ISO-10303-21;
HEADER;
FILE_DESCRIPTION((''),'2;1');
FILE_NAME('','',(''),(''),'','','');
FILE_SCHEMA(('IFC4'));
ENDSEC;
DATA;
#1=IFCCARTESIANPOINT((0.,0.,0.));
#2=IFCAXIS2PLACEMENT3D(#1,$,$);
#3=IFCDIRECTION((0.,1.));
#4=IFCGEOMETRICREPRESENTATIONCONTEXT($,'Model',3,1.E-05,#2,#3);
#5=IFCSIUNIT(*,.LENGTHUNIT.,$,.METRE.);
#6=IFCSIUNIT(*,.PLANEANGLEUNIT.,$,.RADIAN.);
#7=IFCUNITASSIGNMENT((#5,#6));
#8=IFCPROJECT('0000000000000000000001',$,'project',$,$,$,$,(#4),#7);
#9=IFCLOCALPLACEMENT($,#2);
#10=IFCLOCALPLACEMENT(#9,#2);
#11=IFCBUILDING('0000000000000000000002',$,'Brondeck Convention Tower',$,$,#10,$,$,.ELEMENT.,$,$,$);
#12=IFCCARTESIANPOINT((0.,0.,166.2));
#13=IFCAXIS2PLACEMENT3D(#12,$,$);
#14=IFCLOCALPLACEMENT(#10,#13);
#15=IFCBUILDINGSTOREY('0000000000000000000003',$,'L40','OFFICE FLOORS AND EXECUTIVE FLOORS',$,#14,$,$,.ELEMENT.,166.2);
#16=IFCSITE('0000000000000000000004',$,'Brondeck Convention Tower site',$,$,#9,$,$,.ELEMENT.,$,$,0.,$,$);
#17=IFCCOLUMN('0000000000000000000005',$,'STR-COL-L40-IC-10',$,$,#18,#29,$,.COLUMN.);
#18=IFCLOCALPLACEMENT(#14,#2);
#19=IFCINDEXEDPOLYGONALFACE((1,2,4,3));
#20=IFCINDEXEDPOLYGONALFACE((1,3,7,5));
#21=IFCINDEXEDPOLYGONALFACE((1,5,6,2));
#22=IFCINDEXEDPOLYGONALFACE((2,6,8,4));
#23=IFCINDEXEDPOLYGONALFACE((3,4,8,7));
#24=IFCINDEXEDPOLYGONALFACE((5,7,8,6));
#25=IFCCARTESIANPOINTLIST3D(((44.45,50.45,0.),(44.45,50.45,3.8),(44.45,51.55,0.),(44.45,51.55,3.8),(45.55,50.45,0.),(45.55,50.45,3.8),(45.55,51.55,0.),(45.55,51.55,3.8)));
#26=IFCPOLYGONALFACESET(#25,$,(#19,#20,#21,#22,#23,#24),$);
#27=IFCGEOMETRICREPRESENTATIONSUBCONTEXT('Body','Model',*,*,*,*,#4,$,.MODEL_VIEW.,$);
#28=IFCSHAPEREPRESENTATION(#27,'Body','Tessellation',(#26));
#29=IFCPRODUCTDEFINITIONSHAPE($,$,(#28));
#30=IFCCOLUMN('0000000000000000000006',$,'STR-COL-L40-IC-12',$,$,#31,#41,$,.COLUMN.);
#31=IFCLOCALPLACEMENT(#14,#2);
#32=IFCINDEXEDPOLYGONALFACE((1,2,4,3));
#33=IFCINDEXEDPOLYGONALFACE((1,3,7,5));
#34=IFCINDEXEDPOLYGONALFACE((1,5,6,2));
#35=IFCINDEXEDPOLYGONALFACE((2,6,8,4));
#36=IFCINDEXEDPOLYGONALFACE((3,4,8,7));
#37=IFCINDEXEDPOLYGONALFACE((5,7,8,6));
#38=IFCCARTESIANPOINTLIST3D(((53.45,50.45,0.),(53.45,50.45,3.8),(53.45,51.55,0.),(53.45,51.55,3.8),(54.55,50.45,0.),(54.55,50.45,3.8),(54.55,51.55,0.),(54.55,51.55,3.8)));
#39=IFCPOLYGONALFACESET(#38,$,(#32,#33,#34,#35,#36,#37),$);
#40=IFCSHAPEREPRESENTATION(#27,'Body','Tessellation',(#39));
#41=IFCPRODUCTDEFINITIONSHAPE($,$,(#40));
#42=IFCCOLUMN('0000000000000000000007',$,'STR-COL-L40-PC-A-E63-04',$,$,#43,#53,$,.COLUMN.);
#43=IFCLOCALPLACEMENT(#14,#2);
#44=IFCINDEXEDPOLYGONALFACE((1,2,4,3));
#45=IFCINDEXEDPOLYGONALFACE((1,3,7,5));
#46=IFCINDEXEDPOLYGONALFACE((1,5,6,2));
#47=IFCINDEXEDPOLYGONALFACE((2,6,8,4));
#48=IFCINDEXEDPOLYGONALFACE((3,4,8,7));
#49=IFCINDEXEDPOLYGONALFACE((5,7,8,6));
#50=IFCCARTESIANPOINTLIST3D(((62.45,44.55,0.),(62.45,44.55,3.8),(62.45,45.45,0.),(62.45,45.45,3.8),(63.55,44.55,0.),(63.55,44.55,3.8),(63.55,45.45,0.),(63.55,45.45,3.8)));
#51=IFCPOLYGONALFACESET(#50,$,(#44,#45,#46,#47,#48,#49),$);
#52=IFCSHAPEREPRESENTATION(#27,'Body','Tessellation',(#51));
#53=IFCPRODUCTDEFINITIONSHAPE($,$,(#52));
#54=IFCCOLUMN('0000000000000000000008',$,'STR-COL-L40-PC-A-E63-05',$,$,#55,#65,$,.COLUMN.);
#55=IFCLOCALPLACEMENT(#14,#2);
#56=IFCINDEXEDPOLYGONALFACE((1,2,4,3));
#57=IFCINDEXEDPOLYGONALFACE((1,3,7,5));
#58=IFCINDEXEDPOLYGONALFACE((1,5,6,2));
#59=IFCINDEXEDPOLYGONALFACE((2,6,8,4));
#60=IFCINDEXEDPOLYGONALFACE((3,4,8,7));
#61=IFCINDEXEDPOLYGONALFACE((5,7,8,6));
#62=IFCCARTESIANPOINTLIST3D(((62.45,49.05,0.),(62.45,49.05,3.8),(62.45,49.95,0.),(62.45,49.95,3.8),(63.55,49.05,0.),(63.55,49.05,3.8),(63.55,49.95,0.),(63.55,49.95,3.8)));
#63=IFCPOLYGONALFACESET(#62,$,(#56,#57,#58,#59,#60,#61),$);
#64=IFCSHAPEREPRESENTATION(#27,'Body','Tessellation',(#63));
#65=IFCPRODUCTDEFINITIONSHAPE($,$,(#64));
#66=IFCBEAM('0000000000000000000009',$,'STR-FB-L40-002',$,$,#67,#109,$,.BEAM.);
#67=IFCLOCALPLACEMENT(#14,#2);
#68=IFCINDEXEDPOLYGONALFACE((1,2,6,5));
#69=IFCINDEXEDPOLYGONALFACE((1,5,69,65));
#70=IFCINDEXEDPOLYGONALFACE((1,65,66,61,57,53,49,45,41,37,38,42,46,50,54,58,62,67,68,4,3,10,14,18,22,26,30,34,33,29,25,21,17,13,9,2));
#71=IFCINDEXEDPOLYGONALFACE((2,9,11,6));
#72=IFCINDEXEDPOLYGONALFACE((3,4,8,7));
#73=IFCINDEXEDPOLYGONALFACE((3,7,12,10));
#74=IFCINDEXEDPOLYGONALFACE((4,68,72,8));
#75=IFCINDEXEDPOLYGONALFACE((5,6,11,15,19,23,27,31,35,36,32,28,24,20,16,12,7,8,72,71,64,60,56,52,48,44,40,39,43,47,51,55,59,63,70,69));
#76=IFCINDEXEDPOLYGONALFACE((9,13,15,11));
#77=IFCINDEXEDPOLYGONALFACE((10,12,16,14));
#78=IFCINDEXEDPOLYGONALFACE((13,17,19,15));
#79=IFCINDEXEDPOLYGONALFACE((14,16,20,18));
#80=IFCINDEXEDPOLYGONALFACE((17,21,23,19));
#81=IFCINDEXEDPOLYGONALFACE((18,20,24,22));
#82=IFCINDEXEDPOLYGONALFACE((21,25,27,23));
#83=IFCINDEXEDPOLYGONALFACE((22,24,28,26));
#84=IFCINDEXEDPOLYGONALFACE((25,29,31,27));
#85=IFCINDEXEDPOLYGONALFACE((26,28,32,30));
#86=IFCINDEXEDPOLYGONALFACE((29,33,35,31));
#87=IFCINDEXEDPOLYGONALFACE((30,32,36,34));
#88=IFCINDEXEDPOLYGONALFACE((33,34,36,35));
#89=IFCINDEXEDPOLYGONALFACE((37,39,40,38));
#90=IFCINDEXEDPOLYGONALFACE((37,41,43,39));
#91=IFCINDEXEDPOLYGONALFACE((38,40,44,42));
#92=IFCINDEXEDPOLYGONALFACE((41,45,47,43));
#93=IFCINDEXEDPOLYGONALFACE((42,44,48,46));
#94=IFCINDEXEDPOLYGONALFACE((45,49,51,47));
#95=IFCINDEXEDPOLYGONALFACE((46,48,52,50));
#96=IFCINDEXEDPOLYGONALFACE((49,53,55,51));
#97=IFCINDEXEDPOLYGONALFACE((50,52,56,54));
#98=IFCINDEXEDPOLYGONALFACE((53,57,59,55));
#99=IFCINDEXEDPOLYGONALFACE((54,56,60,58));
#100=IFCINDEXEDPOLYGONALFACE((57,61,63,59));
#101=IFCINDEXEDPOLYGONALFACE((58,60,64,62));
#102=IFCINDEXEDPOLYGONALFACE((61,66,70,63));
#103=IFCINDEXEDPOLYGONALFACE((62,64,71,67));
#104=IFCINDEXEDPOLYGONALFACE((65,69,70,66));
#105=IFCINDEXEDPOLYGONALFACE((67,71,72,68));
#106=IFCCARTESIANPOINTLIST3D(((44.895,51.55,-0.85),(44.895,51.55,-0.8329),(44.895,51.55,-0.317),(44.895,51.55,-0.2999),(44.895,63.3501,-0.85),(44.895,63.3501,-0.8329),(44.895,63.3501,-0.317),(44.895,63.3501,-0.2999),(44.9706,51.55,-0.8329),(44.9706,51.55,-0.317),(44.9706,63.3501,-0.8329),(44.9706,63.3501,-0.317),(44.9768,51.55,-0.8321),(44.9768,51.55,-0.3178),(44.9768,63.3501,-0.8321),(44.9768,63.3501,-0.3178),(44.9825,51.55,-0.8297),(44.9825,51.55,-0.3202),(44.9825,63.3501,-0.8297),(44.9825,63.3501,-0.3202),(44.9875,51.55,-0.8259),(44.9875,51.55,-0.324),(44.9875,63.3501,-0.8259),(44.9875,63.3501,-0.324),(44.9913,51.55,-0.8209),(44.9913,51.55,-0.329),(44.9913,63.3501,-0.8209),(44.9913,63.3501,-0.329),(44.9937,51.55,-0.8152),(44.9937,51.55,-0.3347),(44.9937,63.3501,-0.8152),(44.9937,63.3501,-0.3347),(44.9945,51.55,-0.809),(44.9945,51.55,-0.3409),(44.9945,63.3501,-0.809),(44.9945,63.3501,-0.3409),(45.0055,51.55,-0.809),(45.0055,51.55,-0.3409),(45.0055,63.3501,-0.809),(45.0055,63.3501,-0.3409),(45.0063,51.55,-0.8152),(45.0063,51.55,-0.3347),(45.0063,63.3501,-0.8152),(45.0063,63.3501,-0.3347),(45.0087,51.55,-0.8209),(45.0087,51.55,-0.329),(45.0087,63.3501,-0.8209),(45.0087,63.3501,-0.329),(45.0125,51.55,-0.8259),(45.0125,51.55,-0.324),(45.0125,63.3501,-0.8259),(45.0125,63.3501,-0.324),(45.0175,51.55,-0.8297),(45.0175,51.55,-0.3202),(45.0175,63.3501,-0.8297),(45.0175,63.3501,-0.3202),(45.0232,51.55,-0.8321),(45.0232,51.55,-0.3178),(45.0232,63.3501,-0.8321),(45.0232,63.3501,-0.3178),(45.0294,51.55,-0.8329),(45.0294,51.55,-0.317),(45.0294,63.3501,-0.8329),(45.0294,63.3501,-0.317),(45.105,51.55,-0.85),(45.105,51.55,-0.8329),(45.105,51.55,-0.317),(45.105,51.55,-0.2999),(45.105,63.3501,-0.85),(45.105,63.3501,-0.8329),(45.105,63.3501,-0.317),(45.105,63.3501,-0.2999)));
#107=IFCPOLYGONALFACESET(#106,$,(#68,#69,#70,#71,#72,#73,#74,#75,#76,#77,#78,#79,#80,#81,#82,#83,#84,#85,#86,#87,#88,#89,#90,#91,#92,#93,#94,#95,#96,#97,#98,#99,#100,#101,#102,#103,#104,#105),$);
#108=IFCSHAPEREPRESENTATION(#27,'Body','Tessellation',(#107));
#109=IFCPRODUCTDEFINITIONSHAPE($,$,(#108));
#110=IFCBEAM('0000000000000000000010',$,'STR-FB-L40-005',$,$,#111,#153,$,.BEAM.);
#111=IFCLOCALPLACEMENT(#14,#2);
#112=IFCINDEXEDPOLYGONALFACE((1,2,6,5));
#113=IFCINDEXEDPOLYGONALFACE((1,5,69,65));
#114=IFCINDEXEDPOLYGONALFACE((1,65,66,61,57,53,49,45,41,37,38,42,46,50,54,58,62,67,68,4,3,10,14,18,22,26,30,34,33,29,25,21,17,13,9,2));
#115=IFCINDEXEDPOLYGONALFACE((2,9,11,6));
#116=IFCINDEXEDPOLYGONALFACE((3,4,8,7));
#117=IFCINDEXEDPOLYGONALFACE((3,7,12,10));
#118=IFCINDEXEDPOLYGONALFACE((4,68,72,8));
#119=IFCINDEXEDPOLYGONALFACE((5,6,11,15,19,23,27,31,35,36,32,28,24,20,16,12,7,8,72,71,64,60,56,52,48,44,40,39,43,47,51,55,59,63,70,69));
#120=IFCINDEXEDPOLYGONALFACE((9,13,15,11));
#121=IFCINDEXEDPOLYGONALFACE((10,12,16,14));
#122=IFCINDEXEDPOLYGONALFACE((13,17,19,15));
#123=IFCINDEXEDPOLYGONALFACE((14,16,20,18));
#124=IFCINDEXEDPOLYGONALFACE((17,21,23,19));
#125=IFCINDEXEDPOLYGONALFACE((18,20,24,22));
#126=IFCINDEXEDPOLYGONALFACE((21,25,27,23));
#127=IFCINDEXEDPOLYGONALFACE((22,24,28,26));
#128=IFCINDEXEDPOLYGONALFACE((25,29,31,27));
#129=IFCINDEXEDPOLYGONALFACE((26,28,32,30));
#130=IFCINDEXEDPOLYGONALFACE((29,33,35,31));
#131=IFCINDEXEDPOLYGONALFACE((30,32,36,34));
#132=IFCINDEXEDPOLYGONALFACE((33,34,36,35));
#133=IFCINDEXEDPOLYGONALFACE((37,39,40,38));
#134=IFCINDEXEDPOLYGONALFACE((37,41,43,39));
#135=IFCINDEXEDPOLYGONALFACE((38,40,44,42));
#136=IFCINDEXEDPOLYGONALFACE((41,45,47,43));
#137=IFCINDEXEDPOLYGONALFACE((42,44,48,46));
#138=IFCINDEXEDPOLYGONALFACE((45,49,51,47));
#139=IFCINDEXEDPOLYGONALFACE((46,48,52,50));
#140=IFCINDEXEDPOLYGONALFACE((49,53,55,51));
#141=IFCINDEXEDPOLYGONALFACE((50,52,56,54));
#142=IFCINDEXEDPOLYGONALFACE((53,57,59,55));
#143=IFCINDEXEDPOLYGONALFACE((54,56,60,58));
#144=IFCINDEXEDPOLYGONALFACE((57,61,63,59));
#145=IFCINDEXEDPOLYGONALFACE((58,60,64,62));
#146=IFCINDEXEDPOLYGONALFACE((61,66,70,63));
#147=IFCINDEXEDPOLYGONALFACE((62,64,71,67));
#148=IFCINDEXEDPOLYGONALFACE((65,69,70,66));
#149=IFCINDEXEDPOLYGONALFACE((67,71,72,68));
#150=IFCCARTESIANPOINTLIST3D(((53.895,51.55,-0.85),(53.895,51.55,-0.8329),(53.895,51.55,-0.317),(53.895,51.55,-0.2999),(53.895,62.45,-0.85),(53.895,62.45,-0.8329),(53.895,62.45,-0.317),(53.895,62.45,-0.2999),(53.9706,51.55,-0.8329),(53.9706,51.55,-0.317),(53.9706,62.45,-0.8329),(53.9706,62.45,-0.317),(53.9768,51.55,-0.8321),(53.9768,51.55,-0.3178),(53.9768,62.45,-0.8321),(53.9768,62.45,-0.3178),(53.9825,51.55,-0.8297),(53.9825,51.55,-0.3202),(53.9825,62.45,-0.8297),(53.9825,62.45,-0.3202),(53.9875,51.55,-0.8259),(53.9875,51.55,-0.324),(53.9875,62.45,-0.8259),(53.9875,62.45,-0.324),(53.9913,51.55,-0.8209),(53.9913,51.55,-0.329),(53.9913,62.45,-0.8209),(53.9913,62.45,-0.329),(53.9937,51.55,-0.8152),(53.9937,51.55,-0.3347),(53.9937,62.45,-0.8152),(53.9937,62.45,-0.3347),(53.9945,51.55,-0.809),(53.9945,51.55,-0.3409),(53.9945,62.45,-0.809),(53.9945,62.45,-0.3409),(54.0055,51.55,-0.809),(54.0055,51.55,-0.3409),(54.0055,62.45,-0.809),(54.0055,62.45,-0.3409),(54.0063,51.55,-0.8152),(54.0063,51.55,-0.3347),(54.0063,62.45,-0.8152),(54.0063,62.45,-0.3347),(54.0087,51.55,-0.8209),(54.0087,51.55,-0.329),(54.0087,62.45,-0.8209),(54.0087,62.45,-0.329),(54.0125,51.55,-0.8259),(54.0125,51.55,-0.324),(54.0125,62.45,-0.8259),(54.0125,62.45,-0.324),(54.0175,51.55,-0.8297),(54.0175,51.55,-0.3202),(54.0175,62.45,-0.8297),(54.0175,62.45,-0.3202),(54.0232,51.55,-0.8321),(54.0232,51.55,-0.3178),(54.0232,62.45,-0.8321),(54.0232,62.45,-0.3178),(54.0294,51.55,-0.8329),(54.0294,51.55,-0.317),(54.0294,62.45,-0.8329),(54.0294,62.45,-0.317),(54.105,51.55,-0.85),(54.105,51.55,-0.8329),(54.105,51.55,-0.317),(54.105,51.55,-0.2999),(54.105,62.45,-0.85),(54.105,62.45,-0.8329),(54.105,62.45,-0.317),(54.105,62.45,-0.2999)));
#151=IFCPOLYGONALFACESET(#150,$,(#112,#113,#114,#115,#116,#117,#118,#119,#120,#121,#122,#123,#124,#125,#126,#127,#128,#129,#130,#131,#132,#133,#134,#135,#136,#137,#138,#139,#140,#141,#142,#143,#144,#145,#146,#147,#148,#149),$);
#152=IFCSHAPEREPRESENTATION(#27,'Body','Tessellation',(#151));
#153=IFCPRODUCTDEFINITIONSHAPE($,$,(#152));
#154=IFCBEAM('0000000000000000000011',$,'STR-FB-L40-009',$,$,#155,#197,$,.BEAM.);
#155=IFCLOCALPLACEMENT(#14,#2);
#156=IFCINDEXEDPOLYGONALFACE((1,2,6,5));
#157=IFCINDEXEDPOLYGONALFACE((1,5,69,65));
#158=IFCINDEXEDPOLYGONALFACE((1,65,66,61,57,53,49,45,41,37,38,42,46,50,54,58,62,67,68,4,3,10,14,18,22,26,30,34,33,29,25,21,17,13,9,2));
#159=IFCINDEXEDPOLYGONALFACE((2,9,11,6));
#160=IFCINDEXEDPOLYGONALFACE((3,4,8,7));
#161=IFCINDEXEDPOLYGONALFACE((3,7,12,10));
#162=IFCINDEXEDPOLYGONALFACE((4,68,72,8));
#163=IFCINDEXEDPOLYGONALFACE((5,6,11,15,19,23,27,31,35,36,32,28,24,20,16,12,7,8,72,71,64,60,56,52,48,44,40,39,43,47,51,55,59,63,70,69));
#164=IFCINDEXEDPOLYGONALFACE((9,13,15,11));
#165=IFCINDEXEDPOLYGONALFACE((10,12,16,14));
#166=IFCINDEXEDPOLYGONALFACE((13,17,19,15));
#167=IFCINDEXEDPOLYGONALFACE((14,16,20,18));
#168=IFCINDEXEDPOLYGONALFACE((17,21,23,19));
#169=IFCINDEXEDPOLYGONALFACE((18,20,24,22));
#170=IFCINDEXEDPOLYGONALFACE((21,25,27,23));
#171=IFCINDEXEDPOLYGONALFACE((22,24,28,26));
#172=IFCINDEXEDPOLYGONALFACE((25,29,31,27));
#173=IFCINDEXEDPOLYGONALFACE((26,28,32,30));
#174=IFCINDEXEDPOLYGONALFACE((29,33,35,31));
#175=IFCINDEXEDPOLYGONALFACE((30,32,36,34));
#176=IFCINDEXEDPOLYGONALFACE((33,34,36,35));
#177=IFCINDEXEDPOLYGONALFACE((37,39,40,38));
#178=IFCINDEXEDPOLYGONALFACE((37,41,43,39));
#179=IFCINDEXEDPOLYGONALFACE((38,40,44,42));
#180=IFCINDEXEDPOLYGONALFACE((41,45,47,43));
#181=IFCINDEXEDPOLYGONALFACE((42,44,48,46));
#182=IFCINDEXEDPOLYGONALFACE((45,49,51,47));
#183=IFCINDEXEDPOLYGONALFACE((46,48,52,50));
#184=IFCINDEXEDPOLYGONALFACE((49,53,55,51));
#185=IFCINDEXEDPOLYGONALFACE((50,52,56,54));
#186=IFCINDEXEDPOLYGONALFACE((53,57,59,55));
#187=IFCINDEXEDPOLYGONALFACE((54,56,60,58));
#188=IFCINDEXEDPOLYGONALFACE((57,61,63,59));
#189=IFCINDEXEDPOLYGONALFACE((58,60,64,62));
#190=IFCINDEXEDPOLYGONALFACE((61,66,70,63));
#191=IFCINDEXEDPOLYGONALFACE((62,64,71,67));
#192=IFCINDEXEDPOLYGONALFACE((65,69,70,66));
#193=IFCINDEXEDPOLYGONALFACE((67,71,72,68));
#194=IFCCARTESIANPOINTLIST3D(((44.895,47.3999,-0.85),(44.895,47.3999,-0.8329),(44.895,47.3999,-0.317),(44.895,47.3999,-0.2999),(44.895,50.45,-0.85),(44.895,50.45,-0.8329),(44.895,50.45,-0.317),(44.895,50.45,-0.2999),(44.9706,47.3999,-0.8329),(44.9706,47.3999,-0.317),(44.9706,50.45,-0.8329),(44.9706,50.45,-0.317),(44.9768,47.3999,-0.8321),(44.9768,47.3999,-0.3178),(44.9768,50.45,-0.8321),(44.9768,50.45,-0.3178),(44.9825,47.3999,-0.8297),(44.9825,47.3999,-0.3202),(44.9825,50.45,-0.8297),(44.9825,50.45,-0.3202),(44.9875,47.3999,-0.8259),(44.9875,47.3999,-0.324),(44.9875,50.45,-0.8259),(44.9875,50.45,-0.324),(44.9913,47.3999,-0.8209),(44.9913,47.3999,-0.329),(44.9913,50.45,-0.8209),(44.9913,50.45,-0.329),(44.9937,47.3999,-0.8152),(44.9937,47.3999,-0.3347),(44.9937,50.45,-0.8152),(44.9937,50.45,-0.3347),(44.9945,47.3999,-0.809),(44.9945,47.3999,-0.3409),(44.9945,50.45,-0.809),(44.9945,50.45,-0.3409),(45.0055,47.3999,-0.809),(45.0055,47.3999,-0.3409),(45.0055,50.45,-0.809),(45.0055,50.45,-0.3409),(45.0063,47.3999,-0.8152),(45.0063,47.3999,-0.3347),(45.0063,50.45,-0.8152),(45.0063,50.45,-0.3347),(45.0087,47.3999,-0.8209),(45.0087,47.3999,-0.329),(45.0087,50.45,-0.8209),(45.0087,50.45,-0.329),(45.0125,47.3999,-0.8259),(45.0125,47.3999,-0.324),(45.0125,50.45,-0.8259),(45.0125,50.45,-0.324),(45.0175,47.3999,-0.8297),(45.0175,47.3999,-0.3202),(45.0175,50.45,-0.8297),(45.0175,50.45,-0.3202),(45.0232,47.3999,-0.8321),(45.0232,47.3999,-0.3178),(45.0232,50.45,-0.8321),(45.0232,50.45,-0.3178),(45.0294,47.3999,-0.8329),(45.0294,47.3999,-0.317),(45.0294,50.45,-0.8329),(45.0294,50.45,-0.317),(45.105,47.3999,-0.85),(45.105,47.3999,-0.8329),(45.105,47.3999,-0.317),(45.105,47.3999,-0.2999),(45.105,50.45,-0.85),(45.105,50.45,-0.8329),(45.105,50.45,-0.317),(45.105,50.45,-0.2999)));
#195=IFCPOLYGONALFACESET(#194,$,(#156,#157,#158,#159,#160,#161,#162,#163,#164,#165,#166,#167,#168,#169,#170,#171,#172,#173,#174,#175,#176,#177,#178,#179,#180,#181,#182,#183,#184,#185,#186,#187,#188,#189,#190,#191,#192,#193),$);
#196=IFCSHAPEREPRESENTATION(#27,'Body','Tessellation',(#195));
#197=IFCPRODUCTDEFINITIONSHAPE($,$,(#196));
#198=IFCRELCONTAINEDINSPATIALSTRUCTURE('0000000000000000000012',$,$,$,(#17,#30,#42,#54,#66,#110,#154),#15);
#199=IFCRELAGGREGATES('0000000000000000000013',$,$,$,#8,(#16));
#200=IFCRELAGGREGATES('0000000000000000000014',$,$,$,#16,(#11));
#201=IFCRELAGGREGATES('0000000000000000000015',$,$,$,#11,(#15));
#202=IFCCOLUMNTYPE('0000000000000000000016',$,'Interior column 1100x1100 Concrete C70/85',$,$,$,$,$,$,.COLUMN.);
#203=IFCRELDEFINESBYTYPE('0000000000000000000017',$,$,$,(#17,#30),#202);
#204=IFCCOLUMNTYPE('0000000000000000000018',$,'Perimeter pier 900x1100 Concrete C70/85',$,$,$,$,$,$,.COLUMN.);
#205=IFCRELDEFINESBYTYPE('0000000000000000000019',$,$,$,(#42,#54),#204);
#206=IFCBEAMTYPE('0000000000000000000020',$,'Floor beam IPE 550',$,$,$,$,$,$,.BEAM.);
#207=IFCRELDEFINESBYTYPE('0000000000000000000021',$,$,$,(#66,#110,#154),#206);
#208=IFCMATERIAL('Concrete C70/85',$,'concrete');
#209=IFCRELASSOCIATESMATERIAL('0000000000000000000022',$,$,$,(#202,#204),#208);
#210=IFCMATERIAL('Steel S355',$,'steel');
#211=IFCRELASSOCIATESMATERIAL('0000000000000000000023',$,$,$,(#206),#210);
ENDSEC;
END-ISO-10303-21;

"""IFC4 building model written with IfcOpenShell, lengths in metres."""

from ifc_helpers import new_model, si_unit, direction, frame, origin, origin_2d, place, context, subcontext, project, spatial, rectangle, i_section, extrude, material, material_profile, profile_set, type_object, element, save


model = new_model("IFC4")

# Units and contexts
model_context = context("Model", 3, precision=1e-05, world=origin(), true_north=direction((0.0, 1.0)))
body_context = subcontext(model_context, "Body", "Model", "MODEL_VIEW")
ifc_project = project(units=[si_unit("LENGTHUNIT", "METRE"), si_unit("PLANEANGLEUNIT", "RADIAN")], contexts=[model_context])

# Site, building, storey
site_placement = place(None, origin())
site = spatial("IfcSite", under=ifc_project, at=site_placement, Name="Brondeck Convention Tower site", CompositionType="ELEMENT", RefElevation=0.0)
building_placement = place(site_placement, origin())
building = spatial("IfcBuilding", under=site, at=building_placement, Name="Brondeck Convention Tower", CompositionType="ELEMENT")
storey_placement = place(building_placement, frame((0.0, 0.0, 166.2)))
storey = spatial("IfcBuildingStorey", under=building, at=storey_placement, Name="L40", Description="OFFICE FLOORS AND EXECUTIVE FLOORS", CompositionType="ELEMENT", Elevation=166.2)

# Columns
ifc_material_1 = material(Name="Concrete C70/85", Category="concrete")
ifc_material_profile_1 = material_profile(ifc_material_1, rectangle(XDim=1.1001, YDim=1.1001, at=origin_2d()), Name="Interior column 1100x1100 Concrete C70/85")
ifc_profile_set_1 = profile_set([ifc_material_profile_1], Name="Concrete C70/85")
column_type_1 = type_object("IfcColumnType", Name="Interior column 1100x1100 Concrete C70/85", PredefinedType="COLUMN", material=ifc_profile_set_1)
for number, where, z_axis, x_axis, name in (
    (1, (45.0, 51.0, 0.0), (0.0, 0.0, 1.0), (1.0, 0.0, 0.0), "STR-COL-L40-IC-10"),
    (2, (54.0, 51.0, 0.0), (0.0, 0.0, 1.0), (1.0, 0.0, 0.0), "STR-COL-L40-IC-12"),
):
    element("IfcColumn", number, at=place(storey_placement, frame(where, z_axis=z_axis, x_axis=x_axis)), inside=storey, type_object=column_type_1, Name=name, PredefinedType="COLUMN", context=body_context, shape_type="SweptSolid", body=[
        extrude(rectangle(XDim=1.1001, YDim=1.1001, at=origin_2d()), origin(), (0.0, 0.0, 1.0), 3.8),
    ])
ifc_material_profile_2 = material_profile(ifc_material_1, rectangle(XDim=0.8999, YDim=1.1001, at=origin_2d()), Name="Perimeter pier 900x1100 Concrete C70/85")
ifc_profile_set_2 = profile_set([ifc_material_profile_2], Name="Concrete C70/85")
column_type_2 = type_object("IfcColumnType", Name="Perimeter pier 900x1100 Concrete C70/85", PredefinedType="COLUMN", material=ifc_profile_set_2)
for number, where, z_axis, x_axis, name in (
    (3, (63.0, 45.0, 0.0), (0.0, 0.0, 1.0), (0.0, 1.0, 0.0), "STR-COL-L40-PC-A-E63-04"),
    (4, (63.0, 49.5, 0.0), (0.0, 0.0, 1.0), (0.0, 1.0, 0.0), "STR-COL-L40-PC-A-E63-05"),
):
    element("IfcColumn", number, at=place(storey_placement, frame(where, z_axis=z_axis, x_axis=x_axis)), inside=storey, type_object=column_type_2, Name=name, PredefinedType="COLUMN", context=body_context, shape_type="SweptSolid", body=[
        extrude(rectangle(XDim=0.8999, YDim=1.1001, at=origin_2d()), origin(), (0.0, 0.0, 1.0), 3.8),
    ])

# Beams
ifc_material_2 = material(Name="Steel S355", Category="steel")
ifc_material_profile_3 = material_profile(ifc_material_2, i_section(OverallWidth=0.21, OverallDepth=0.55, WebThickness=0.011, FlangeThickness=0.0171, FilletRadius=0.0239, at=origin_2d()), Name="IPE 550")
ifc_profile_set_3 = profile_set([ifc_material_profile_3], Name="Steel S355")
beam_type_1 = type_object("IfcBeamType", Name="Floor beam IPE 550", PredefinedType="BEAM", material=ifc_profile_set_3)
beam_1_placement = place(storey_placement, frame((45.0, 51.55, -0.575), z_axis=(0.0, 1.0, 0.0), x_axis=(-1.0, 0.0, 0.0)))
element("IfcBeam", 5, at=beam_1_placement, inside=storey, type_object=beam_type_1, Name="STR-FB-L40-002", PredefinedType="BEAM", context=body_context, shape_type="SweptSolid", body=[
    extrude(i_section(OverallWidth=0.21, OverallDepth=0.55, WebThickness=0.011, FlangeThickness=0.0171, FilletRadius=0.0239, at=origin_2d()), origin(), (0.0, 0.0, 1.0), 11.8),
])
beam_2_placement = place(storey_placement, frame((54.0, 51.55, -0.575), z_axis=(0.0, 1.0, 0.0), x_axis=(-1.0, 0.0, 0.0)))
element("IfcBeam", 6, at=beam_2_placement, inside=storey, type_object=beam_type_1, Name="STR-FB-L40-005", PredefinedType="BEAM", context=body_context, shape_type="SweptSolid", body=[
    extrude(i_section(OverallWidth=0.21, OverallDepth=0.55, WebThickness=0.011, FlangeThickness=0.0171, FilletRadius=0.0239, at=origin_2d()), origin(), (0.0, 0.0, 1.0), 10.8999),
])
beam_3_placement = place(storey_placement, frame((45.0, 47.3999, -0.575), z_axis=(0.0, 1.0, 0.0), x_axis=(-1.0, 0.0, 0.0)))
element("IfcBeam", 7, at=beam_3_placement, inside=storey, type_object=beam_type_1, Name="STR-FB-L40-009", PredefinedType="BEAM", context=body_context, shape_type="SweptSolid", body=[
    extrude(i_section(OverallWidth=0.21, OverallDepth=0.55, WebThickness=0.011, FlangeThickness=0.0171, FilletRadius=0.0239, at=origin_2d()), origin(), (0.0, 0.0, 1.0), 3.05),
])

save(model, "model.ifc")
